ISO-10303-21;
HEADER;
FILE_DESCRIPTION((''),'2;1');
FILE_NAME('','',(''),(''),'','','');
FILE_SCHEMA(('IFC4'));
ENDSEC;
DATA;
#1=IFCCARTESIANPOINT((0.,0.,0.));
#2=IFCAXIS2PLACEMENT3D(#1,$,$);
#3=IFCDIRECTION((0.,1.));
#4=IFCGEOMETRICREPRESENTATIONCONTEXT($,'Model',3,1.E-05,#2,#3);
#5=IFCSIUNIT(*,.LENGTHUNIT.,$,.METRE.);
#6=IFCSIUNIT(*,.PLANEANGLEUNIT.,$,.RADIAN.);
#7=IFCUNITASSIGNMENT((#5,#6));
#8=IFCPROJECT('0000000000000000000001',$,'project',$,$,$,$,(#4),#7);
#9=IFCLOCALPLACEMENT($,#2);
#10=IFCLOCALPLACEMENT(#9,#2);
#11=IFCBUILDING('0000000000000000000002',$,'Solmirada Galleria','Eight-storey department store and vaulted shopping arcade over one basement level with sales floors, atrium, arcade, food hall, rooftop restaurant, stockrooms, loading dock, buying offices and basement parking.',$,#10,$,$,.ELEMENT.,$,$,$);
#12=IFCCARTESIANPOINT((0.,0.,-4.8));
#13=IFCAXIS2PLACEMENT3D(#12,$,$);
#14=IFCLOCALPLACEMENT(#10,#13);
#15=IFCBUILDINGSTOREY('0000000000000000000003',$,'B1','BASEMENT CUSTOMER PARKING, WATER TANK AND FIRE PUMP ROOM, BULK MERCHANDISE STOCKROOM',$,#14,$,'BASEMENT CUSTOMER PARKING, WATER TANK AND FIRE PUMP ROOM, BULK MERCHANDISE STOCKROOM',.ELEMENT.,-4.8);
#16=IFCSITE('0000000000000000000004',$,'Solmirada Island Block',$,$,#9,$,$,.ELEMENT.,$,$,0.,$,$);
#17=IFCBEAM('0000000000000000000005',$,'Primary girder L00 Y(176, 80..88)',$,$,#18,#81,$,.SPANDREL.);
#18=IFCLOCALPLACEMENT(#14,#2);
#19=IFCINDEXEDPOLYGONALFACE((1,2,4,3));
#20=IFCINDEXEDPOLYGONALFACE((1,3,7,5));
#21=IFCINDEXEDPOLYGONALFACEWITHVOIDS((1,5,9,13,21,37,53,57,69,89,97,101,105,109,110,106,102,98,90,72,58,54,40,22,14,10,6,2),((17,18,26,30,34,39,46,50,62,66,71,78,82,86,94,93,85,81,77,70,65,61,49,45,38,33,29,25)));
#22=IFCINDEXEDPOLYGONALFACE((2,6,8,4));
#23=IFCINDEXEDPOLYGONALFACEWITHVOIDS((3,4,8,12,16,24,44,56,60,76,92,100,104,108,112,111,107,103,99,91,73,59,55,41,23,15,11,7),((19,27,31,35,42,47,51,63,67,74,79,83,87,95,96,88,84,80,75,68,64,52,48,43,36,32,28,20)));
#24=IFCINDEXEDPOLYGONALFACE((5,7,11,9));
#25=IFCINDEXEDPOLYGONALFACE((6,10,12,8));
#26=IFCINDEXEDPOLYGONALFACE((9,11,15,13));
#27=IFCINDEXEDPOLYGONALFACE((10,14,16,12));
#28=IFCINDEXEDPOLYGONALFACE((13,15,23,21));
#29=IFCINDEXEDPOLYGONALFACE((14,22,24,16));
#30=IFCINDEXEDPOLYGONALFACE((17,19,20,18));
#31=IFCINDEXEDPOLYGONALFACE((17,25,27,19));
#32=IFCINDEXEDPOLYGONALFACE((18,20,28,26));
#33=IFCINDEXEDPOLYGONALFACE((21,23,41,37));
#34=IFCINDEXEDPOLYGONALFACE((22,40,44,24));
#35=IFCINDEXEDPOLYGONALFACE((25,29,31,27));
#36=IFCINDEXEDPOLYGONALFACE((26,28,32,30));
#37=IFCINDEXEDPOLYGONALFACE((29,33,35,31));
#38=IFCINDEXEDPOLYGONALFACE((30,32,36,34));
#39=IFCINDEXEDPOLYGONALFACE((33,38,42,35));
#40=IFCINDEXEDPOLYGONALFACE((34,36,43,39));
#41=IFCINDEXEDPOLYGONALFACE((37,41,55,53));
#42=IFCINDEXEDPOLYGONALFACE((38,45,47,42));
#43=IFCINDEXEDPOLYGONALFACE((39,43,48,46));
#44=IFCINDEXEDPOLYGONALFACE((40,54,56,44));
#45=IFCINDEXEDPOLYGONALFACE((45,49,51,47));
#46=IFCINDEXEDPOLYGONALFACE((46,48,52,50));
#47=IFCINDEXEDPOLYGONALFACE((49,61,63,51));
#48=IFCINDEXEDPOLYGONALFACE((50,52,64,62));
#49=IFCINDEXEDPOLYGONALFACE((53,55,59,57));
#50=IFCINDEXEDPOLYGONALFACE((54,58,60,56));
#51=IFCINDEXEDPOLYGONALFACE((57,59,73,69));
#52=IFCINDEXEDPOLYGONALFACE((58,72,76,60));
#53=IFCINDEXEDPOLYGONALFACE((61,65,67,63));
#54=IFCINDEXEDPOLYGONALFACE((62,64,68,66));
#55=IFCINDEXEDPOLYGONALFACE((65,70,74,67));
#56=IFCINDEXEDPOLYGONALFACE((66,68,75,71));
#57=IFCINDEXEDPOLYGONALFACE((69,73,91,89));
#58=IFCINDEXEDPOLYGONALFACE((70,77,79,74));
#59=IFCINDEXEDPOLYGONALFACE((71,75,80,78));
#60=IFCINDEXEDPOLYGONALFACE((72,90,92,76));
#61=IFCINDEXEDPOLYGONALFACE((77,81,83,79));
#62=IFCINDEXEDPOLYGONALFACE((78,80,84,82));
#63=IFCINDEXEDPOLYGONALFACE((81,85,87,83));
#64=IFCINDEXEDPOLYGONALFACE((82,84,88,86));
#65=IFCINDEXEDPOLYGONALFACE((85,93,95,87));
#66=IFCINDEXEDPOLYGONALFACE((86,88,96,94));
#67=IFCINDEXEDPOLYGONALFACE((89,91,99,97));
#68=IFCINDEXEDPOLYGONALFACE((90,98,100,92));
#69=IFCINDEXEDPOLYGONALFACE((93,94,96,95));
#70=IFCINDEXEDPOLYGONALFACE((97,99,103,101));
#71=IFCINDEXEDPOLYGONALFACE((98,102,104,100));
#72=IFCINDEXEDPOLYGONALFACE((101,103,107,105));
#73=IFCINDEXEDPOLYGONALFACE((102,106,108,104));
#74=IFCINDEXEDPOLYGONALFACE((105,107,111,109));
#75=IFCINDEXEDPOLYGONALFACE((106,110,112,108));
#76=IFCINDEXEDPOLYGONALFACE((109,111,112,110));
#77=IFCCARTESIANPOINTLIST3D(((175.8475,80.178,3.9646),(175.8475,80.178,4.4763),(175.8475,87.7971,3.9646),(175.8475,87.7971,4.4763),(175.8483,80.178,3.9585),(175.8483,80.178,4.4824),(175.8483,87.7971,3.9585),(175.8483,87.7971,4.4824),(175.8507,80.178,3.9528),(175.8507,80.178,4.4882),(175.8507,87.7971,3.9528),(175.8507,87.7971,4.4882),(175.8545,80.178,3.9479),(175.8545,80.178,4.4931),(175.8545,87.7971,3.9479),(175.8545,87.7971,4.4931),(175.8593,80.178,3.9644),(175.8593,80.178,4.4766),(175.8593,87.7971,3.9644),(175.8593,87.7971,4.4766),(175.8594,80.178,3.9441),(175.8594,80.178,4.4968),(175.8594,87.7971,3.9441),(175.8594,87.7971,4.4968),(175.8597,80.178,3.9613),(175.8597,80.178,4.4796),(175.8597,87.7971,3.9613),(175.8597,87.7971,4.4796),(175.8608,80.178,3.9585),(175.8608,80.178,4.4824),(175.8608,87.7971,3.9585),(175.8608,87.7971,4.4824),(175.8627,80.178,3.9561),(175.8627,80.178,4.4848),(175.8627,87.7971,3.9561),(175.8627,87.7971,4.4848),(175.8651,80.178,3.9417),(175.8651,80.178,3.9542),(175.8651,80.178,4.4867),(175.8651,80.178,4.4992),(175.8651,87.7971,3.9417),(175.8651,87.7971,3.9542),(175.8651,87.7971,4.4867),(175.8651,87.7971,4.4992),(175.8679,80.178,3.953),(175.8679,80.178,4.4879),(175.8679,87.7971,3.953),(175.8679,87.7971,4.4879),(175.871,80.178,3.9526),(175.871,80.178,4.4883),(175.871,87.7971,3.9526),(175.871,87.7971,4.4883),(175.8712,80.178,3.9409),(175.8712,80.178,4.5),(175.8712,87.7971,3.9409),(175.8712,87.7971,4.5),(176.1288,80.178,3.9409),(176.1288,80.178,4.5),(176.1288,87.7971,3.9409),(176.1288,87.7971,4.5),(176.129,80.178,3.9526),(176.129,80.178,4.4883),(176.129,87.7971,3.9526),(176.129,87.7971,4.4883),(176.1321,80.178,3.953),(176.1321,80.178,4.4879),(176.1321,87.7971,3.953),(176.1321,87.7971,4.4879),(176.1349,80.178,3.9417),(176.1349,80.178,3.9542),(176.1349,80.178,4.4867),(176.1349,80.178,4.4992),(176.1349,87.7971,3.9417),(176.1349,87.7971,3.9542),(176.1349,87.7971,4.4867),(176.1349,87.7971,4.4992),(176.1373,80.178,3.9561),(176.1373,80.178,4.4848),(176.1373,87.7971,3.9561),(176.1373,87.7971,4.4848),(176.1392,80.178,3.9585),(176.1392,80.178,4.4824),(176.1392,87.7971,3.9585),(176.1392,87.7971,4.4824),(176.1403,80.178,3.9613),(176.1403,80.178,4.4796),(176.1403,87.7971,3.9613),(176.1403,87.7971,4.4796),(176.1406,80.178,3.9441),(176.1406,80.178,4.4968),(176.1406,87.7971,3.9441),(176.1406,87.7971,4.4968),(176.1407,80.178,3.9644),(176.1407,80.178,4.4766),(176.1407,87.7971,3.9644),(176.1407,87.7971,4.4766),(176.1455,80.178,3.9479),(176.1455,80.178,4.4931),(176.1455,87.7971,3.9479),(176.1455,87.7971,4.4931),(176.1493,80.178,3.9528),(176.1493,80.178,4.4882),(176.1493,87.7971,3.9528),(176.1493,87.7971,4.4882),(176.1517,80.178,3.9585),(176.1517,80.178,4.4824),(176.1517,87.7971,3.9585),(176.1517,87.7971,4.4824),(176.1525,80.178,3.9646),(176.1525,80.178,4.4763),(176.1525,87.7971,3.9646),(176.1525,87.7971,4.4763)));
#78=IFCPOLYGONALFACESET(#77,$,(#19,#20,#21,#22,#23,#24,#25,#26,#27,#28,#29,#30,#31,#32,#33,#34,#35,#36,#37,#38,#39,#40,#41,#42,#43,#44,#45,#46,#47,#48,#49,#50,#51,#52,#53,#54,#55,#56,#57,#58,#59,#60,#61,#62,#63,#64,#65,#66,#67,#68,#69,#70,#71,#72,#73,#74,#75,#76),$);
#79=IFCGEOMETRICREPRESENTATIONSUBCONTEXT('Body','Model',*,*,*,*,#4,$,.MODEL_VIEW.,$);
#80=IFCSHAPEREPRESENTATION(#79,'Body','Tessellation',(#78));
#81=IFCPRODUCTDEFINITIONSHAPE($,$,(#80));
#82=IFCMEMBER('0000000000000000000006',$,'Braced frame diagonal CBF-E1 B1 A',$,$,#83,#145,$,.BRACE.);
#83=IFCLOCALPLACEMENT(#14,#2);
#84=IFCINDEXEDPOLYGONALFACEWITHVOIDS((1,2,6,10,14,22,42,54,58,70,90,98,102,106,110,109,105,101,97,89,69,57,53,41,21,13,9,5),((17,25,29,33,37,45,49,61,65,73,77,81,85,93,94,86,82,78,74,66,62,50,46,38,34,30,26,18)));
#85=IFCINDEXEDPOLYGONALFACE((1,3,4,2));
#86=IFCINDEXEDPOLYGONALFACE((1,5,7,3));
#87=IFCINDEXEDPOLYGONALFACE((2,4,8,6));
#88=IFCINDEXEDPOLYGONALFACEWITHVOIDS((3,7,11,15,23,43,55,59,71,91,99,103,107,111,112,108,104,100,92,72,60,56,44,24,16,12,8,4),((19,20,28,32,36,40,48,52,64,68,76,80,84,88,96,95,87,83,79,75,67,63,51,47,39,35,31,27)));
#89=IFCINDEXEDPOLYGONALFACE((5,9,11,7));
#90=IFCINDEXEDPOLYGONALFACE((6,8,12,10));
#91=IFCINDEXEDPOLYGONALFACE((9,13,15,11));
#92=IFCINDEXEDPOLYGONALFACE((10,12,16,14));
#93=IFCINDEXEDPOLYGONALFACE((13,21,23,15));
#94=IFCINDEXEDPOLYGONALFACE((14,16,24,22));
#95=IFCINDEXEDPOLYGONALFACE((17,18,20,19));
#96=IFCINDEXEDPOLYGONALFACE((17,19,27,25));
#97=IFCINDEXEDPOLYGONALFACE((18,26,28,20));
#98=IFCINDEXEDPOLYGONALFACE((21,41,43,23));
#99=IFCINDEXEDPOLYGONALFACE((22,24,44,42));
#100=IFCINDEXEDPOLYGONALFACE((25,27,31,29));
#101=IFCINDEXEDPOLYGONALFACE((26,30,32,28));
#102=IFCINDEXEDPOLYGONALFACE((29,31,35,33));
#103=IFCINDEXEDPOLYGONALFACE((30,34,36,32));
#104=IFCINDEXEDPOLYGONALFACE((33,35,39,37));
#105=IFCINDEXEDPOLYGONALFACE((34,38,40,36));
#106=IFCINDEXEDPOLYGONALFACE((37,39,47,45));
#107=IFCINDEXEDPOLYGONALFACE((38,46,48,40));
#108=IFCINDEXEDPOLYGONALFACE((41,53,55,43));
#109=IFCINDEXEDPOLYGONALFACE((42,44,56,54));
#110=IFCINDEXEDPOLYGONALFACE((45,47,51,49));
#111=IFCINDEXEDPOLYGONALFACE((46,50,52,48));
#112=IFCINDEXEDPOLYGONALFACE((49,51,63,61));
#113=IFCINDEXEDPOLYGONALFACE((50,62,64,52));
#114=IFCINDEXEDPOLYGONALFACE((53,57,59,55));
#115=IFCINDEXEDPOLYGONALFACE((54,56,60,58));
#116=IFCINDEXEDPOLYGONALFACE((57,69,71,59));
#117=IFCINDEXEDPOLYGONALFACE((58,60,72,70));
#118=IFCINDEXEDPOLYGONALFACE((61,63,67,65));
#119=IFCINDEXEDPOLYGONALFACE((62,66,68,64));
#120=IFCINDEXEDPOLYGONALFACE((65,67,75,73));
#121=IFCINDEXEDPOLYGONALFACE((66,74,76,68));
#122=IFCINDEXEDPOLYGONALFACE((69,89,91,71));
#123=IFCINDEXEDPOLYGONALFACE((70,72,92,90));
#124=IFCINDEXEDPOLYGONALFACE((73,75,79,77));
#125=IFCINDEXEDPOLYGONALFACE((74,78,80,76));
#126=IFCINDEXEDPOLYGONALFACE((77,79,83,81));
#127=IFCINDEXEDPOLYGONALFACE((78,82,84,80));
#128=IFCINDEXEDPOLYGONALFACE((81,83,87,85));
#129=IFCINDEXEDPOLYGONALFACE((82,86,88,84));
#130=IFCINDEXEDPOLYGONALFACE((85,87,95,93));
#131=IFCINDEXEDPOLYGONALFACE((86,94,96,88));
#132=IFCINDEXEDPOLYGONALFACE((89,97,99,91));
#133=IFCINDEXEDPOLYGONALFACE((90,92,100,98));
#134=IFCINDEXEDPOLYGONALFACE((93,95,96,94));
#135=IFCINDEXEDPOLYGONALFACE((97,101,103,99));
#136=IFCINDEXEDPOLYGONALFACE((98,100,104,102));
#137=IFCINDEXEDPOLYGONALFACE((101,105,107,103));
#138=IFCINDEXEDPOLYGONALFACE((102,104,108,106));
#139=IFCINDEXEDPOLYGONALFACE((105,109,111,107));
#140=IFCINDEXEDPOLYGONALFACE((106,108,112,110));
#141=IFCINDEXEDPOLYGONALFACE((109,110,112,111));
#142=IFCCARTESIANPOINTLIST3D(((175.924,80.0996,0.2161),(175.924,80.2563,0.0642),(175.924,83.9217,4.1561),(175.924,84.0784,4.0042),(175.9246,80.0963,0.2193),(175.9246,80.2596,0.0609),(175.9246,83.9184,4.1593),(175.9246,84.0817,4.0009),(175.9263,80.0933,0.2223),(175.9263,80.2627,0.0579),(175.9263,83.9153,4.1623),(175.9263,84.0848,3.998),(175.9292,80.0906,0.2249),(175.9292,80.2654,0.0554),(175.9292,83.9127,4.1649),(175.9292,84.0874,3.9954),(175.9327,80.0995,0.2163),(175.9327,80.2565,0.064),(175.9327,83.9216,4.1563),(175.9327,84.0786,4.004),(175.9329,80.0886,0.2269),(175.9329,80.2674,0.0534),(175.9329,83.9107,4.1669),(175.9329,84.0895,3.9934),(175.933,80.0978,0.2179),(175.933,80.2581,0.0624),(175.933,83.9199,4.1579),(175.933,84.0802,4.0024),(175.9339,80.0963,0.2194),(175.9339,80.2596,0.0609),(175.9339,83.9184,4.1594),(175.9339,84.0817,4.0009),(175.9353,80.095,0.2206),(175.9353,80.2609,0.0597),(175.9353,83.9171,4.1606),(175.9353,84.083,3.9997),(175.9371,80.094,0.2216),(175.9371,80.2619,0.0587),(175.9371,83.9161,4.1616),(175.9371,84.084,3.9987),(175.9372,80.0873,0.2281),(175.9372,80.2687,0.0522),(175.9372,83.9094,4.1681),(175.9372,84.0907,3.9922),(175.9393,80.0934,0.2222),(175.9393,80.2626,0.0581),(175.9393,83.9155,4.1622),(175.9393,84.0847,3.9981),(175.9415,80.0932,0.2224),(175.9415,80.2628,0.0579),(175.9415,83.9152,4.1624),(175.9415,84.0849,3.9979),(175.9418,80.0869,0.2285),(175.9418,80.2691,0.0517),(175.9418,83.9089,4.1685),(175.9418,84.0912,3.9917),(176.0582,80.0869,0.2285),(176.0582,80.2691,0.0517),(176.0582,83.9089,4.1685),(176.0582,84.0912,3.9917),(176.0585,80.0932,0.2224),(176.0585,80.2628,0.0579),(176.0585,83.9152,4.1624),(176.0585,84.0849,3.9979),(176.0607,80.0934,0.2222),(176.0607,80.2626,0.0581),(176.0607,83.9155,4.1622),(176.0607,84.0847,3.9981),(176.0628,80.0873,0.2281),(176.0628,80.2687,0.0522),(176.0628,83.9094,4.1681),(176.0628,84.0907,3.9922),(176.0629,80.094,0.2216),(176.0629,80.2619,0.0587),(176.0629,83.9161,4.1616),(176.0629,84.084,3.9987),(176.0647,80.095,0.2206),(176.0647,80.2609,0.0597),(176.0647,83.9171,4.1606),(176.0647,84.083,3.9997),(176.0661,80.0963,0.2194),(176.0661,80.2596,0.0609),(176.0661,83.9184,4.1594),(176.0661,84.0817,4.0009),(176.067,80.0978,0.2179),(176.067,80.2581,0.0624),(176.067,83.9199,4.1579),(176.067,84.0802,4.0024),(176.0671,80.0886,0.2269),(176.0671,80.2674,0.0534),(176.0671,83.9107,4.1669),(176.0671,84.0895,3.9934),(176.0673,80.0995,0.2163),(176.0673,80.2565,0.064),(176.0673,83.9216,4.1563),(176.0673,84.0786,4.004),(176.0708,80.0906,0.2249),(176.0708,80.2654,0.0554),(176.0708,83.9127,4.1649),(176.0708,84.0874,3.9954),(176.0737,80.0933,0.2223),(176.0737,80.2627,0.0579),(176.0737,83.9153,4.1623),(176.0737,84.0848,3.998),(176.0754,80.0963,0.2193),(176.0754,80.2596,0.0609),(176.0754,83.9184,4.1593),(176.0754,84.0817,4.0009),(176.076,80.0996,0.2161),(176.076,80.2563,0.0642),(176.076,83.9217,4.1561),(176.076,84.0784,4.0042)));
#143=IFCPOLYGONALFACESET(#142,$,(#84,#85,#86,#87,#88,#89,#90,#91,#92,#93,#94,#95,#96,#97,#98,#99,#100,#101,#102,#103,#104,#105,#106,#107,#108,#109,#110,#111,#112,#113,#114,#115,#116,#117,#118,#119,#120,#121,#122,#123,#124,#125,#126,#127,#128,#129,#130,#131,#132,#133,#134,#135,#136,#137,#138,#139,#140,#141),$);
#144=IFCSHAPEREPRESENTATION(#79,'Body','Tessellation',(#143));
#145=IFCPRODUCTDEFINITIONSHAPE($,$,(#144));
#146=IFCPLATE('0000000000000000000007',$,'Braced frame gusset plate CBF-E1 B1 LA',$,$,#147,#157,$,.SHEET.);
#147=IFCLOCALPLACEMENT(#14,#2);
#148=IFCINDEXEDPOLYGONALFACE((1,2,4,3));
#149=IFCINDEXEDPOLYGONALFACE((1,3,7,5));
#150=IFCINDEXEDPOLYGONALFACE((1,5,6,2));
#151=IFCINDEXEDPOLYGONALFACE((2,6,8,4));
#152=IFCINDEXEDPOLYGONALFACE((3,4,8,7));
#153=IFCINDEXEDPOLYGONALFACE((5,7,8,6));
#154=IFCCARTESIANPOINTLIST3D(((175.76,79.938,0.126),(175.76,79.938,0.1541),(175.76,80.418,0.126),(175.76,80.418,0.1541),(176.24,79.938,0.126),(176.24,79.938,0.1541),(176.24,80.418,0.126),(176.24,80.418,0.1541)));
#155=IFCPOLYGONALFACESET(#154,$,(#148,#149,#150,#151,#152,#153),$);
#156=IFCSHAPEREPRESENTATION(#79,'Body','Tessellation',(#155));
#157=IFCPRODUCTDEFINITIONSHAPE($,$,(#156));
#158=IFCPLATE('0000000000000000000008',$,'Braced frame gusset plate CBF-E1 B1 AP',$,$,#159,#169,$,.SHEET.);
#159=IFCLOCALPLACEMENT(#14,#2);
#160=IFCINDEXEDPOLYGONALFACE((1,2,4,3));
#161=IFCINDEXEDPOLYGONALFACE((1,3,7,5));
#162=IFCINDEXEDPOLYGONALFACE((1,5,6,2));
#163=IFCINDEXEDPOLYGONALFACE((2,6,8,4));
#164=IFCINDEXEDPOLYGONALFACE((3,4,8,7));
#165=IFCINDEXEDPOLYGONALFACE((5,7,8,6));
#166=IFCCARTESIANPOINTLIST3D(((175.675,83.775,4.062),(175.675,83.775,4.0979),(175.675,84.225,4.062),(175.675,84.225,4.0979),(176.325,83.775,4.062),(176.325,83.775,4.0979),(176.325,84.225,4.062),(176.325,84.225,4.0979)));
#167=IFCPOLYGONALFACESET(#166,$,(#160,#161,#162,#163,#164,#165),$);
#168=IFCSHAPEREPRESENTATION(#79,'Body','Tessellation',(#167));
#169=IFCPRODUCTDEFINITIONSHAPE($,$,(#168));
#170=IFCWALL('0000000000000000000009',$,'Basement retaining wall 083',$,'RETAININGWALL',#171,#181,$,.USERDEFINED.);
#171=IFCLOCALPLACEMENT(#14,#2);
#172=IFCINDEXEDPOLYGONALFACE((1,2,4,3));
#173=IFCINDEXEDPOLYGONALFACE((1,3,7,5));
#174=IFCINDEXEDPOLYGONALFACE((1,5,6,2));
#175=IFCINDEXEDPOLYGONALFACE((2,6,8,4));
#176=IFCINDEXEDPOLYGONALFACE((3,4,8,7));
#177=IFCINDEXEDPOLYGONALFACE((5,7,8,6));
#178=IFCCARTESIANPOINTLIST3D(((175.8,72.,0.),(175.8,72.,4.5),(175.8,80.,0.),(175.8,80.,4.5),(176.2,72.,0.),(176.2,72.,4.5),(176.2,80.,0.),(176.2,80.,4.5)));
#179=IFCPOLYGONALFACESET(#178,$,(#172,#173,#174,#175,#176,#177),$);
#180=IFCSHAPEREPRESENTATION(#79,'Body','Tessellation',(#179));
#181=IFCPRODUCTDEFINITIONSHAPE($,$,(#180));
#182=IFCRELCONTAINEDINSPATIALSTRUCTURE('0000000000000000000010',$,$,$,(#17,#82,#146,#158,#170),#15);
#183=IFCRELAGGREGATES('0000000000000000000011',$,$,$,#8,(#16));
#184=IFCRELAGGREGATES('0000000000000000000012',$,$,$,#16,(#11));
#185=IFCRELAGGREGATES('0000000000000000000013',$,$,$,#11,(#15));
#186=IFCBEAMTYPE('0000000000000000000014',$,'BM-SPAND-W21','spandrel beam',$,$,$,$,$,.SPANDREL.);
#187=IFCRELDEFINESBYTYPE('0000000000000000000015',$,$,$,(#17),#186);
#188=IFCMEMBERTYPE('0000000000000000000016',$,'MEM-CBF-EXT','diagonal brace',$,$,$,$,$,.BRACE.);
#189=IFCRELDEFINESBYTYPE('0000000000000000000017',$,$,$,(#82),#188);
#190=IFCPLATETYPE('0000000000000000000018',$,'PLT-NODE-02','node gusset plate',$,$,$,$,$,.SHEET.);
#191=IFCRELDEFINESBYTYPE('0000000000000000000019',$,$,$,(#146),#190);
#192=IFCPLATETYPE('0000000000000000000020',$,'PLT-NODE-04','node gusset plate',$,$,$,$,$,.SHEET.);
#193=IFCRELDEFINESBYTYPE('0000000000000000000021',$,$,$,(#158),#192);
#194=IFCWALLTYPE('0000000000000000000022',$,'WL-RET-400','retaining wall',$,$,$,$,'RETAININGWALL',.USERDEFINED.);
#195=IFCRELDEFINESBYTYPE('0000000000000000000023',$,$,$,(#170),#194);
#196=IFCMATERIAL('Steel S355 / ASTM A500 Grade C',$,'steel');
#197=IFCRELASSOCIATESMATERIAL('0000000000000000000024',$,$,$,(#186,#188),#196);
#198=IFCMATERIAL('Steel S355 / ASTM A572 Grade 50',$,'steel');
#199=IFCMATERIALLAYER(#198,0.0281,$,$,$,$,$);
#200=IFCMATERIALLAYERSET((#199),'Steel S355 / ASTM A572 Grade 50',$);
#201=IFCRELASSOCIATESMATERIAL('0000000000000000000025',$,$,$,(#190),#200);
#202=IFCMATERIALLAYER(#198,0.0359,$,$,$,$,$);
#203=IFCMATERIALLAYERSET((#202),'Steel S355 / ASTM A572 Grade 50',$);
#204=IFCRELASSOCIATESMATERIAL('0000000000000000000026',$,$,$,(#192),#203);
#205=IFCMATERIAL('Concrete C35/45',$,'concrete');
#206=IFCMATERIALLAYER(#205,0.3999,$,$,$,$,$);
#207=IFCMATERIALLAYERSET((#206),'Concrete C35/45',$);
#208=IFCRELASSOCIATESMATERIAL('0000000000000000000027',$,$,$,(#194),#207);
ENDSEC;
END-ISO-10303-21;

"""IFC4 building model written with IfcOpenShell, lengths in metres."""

from ifc_helpers import new_model, si_unit, direction, frame, frame_2d, origin, origin_2d, place, context, subcontext, project, spatial, rectangle, hollow_rectangle, extrude, material, layer, layer_set, material_profile, profile_set, type_object, element, save


model = new_model("IFC4")

# Units and contexts
model_context = context("Model", 3, precision=1e-05, world=origin(), true_north=direction((0.0, 1.0)))
body_context = subcontext(model_context, "Body", "Model", "MODEL_VIEW")
ifc_project = project(units=[si_unit("LENGTHUNIT", "METRE"), si_unit("PLANEANGLEUNIT", "RADIAN")], contexts=[model_context])

# Site, building, storey
site_placement = place(None, origin())
site = spatial("IfcSite", under=ifc_project, at=site_placement, Name="Solmirada Island Block", CompositionType="ELEMENT", RefElevation=0.0)
building_placement = place(site_placement, origin())
building = spatial("IfcBuilding", under=site, at=building_placement, Name="Solmirada Galleria", Description="Eight-storey department store and vaulted shopping arcade over one basement level with sales floors, atrium, arcade, food hall, rooftop restaurant, stockrooms, loading dock, buying offices and basement parking.", CompositionType="ELEMENT")
storey_placement = place(building_placement, frame((0.0, 0.0, -4.8)))
storey = spatial("IfcBuildingStorey", under=building, at=storey_placement, Name="B1", Description="BASEMENT CUSTOMER PARKING, WATER TANK AND FIRE PUMP ROOM, BULK MERCHANDISE STOCKROOM", LongName="BASEMENT CUSTOMER PARKING, WATER TANK AND FIRE PUMP ROOM, BULK MERCHANDISE STOCKROOM", CompositionType="ELEMENT", Elevation=-4.8)

# Shared definitions
ifc_material_1 = material(Name="Concrete C35/45", Category="concrete")

# Shared definitions
ifc_material_2 = material(Name="Steel S355 / ASTM A500 Grade C", Category="steel")

# Beam
ifc_material_profile_1 = material_profile(ifc_material_2, hollow_rectangle(XDim=0.3049, YDim=0.5591, WallThickness=0.0117, InnerFilletRadius=0.0117, OuterFilletRadius=0.0237, at=origin_2d()), Name="HSS22X12X1/2")
ifc_profile_set_1 = profile_set([ifc_material_profile_1], Name="Steel S355 / ASTM A500 Grade C")
beam_type_1 = type_object("IfcBeamType", Name="BM-SPAND-W21", Description="spandrel beam", PredefinedType="SPANDREL", material=ifc_profile_set_1)
beam_1_placement = place(storey_placement, frame((176.0, 80.178, 4.2205), z_axis=(0.0, 1.0, 0.0), x_axis=(-1.0, 0.0, 0.0)))
element("IfcBeam", 1, at=beam_1_placement, inside=storey, type_object=beam_type_1, Name="Primary girder L00 Y(176, 80..88)", PredefinedType="SPANDREL", context=body_context, shape_type="SweptSolid", body=[
    extrude(hollow_rectangle(XDim=0.3049, YDim=0.5591, WallThickness=0.0117, InnerFilletRadius=0.0117, OuterFilletRadius=0.0237, at=origin_2d()), origin(), (0.0, 0.0, 1.0), 7.6191),
])

# Member
ifc_material_profile_2 = material_profile(ifc_material_2, hollow_rectangle(XDim=0.1521, YDim=0.2539, WallThickness=0.0088, InnerFilletRadius=0.0088, OuterFilletRadius=0.0178, at=origin_2d()), Name="HSS10X6X3/8")
ifc_profile_set_2 = profile_set([ifc_material_profile_2], Name="Steel S355 / ASTM A500 Grade C")
member_type = type_object("IfcMemberType", Name="MEM-CBF-EXT", Description="diagonal brace", PredefinedType="BRACE", material=ifc_profile_set_2)
member_placement = place(storey_placement, frame((176.0, 80.178, 0.1401), z_axis=(0.0, 0.696284, 0.717766), x_axis=(-1.0, 0.0, 0.0)))
element("IfcMember", 2, at=member_placement, inside=storey, type_object=member_type, Name="Braced frame diagonal CBF-E1 B1 A", PredefinedType="BRACE", context=body_context, shape_type="SweptSolid", body=[
    extrude(hollow_rectangle(XDim=0.1521, YDim=0.2539, WallThickness=0.0088, InnerFilletRadius=0.0088, OuterFilletRadius=0.0178, at=origin_2d()), origin(), (0.0, 0.0, 1.0), 5.4893),
])

# Plates
ifc_material_3 = material(Name="Steel S355 / ASTM A572 Grade 50", Category="steel")
ifc_layer_1 = layer(ifc_material_3, 0.0281)
ifc_layer_set_1 = layer_set([ifc_layer_1], Name="Steel S355 / ASTM A572 Grade 50")
plate_type_1 = type_object("IfcPlateType", Name="PLT-NODE-02", Description="node gusset plate", PredefinedType="SHEET", material=ifc_layer_set_1)
plate_1_placement = place(storey_placement, frame((176.0, 80.178, 0.126), z_axis=(0.0, 0.0, 1.0), x_axis=(1.0, 0.0, 0.0)))
element("IfcPlate", 3, at=plate_1_placement, inside=storey, type_object=plate_type_1, Name="Braced frame gusset plate CBF-E1 B1 LA", PredefinedType="SHEET", context=body_context, shape_type="SweptSolid", body=[
    extrude(rectangle(XDim=0.48, YDim=0.48, at=origin_2d()), origin(), (0.0, 0.0, 1.0), 0.0281),
])
ifc_layer_2 = layer(ifc_material_3, 0.0359)
ifc_layer_set_2 = layer_set([ifc_layer_2], Name="Steel S355 / ASTM A572 Grade 50")
plate_type_2 = type_object("IfcPlateType", Name="PLT-NODE-04", Description="node gusset plate", PredefinedType="SHEET", material=ifc_layer_set_2)
plate_2_placement = place(storey_placement, frame((176.0, 84.0, 4.062), z_axis=(0.0, 0.0, 1.0), x_axis=(1.0, 0.0, 0.0)))
element("IfcPlate", 4, at=plate_2_placement, inside=storey, type_object=plate_type_2, Name="Braced frame gusset plate CBF-E1 B1 AP", PredefinedType="SHEET", context=body_context, shape_type="SweptSolid", body=[
    extrude(rectangle(XDim=0.6499, YDim=0.45, at=origin_2d()), origin(), (0.0, 0.0, 1.0), 0.0359),
])

# Wall
ifc_layer_3 = layer(ifc_material_1, 0.3999)
ifc_layer_set_3 = layer_set([ifc_layer_3], Name="Concrete C35/45")
wall_type_1 = type_object("IfcWallType", Name="WL-RET-400", Description="retaining wall", ElementType="RETAININGWALL", PredefinedType="USERDEFINED", material=ifc_layer_set_3)
wall_1_placement = place(storey_placement, frame((176.0, 80.0, 0.0), z_axis=(0.0, 0.0, 1.0), x_axis=(0.0, -1.0, 0.0)))
element("IfcWall", 5, at=wall_1_placement, inside=storey, type_object=wall_type_1, Name="Basement retaining wall 083", ObjectType="RETAININGWALL", PredefinedType="USERDEFINED", context=body_context, shape_type="SweptSolid", body=[
    extrude(rectangle(XDim=8.0, YDim=0.3999, at=frame_2d((4.0, 0.0))), origin(), (0.0, 0.0, 1.0), 4.5),
])

save(model, "model.ifc")
